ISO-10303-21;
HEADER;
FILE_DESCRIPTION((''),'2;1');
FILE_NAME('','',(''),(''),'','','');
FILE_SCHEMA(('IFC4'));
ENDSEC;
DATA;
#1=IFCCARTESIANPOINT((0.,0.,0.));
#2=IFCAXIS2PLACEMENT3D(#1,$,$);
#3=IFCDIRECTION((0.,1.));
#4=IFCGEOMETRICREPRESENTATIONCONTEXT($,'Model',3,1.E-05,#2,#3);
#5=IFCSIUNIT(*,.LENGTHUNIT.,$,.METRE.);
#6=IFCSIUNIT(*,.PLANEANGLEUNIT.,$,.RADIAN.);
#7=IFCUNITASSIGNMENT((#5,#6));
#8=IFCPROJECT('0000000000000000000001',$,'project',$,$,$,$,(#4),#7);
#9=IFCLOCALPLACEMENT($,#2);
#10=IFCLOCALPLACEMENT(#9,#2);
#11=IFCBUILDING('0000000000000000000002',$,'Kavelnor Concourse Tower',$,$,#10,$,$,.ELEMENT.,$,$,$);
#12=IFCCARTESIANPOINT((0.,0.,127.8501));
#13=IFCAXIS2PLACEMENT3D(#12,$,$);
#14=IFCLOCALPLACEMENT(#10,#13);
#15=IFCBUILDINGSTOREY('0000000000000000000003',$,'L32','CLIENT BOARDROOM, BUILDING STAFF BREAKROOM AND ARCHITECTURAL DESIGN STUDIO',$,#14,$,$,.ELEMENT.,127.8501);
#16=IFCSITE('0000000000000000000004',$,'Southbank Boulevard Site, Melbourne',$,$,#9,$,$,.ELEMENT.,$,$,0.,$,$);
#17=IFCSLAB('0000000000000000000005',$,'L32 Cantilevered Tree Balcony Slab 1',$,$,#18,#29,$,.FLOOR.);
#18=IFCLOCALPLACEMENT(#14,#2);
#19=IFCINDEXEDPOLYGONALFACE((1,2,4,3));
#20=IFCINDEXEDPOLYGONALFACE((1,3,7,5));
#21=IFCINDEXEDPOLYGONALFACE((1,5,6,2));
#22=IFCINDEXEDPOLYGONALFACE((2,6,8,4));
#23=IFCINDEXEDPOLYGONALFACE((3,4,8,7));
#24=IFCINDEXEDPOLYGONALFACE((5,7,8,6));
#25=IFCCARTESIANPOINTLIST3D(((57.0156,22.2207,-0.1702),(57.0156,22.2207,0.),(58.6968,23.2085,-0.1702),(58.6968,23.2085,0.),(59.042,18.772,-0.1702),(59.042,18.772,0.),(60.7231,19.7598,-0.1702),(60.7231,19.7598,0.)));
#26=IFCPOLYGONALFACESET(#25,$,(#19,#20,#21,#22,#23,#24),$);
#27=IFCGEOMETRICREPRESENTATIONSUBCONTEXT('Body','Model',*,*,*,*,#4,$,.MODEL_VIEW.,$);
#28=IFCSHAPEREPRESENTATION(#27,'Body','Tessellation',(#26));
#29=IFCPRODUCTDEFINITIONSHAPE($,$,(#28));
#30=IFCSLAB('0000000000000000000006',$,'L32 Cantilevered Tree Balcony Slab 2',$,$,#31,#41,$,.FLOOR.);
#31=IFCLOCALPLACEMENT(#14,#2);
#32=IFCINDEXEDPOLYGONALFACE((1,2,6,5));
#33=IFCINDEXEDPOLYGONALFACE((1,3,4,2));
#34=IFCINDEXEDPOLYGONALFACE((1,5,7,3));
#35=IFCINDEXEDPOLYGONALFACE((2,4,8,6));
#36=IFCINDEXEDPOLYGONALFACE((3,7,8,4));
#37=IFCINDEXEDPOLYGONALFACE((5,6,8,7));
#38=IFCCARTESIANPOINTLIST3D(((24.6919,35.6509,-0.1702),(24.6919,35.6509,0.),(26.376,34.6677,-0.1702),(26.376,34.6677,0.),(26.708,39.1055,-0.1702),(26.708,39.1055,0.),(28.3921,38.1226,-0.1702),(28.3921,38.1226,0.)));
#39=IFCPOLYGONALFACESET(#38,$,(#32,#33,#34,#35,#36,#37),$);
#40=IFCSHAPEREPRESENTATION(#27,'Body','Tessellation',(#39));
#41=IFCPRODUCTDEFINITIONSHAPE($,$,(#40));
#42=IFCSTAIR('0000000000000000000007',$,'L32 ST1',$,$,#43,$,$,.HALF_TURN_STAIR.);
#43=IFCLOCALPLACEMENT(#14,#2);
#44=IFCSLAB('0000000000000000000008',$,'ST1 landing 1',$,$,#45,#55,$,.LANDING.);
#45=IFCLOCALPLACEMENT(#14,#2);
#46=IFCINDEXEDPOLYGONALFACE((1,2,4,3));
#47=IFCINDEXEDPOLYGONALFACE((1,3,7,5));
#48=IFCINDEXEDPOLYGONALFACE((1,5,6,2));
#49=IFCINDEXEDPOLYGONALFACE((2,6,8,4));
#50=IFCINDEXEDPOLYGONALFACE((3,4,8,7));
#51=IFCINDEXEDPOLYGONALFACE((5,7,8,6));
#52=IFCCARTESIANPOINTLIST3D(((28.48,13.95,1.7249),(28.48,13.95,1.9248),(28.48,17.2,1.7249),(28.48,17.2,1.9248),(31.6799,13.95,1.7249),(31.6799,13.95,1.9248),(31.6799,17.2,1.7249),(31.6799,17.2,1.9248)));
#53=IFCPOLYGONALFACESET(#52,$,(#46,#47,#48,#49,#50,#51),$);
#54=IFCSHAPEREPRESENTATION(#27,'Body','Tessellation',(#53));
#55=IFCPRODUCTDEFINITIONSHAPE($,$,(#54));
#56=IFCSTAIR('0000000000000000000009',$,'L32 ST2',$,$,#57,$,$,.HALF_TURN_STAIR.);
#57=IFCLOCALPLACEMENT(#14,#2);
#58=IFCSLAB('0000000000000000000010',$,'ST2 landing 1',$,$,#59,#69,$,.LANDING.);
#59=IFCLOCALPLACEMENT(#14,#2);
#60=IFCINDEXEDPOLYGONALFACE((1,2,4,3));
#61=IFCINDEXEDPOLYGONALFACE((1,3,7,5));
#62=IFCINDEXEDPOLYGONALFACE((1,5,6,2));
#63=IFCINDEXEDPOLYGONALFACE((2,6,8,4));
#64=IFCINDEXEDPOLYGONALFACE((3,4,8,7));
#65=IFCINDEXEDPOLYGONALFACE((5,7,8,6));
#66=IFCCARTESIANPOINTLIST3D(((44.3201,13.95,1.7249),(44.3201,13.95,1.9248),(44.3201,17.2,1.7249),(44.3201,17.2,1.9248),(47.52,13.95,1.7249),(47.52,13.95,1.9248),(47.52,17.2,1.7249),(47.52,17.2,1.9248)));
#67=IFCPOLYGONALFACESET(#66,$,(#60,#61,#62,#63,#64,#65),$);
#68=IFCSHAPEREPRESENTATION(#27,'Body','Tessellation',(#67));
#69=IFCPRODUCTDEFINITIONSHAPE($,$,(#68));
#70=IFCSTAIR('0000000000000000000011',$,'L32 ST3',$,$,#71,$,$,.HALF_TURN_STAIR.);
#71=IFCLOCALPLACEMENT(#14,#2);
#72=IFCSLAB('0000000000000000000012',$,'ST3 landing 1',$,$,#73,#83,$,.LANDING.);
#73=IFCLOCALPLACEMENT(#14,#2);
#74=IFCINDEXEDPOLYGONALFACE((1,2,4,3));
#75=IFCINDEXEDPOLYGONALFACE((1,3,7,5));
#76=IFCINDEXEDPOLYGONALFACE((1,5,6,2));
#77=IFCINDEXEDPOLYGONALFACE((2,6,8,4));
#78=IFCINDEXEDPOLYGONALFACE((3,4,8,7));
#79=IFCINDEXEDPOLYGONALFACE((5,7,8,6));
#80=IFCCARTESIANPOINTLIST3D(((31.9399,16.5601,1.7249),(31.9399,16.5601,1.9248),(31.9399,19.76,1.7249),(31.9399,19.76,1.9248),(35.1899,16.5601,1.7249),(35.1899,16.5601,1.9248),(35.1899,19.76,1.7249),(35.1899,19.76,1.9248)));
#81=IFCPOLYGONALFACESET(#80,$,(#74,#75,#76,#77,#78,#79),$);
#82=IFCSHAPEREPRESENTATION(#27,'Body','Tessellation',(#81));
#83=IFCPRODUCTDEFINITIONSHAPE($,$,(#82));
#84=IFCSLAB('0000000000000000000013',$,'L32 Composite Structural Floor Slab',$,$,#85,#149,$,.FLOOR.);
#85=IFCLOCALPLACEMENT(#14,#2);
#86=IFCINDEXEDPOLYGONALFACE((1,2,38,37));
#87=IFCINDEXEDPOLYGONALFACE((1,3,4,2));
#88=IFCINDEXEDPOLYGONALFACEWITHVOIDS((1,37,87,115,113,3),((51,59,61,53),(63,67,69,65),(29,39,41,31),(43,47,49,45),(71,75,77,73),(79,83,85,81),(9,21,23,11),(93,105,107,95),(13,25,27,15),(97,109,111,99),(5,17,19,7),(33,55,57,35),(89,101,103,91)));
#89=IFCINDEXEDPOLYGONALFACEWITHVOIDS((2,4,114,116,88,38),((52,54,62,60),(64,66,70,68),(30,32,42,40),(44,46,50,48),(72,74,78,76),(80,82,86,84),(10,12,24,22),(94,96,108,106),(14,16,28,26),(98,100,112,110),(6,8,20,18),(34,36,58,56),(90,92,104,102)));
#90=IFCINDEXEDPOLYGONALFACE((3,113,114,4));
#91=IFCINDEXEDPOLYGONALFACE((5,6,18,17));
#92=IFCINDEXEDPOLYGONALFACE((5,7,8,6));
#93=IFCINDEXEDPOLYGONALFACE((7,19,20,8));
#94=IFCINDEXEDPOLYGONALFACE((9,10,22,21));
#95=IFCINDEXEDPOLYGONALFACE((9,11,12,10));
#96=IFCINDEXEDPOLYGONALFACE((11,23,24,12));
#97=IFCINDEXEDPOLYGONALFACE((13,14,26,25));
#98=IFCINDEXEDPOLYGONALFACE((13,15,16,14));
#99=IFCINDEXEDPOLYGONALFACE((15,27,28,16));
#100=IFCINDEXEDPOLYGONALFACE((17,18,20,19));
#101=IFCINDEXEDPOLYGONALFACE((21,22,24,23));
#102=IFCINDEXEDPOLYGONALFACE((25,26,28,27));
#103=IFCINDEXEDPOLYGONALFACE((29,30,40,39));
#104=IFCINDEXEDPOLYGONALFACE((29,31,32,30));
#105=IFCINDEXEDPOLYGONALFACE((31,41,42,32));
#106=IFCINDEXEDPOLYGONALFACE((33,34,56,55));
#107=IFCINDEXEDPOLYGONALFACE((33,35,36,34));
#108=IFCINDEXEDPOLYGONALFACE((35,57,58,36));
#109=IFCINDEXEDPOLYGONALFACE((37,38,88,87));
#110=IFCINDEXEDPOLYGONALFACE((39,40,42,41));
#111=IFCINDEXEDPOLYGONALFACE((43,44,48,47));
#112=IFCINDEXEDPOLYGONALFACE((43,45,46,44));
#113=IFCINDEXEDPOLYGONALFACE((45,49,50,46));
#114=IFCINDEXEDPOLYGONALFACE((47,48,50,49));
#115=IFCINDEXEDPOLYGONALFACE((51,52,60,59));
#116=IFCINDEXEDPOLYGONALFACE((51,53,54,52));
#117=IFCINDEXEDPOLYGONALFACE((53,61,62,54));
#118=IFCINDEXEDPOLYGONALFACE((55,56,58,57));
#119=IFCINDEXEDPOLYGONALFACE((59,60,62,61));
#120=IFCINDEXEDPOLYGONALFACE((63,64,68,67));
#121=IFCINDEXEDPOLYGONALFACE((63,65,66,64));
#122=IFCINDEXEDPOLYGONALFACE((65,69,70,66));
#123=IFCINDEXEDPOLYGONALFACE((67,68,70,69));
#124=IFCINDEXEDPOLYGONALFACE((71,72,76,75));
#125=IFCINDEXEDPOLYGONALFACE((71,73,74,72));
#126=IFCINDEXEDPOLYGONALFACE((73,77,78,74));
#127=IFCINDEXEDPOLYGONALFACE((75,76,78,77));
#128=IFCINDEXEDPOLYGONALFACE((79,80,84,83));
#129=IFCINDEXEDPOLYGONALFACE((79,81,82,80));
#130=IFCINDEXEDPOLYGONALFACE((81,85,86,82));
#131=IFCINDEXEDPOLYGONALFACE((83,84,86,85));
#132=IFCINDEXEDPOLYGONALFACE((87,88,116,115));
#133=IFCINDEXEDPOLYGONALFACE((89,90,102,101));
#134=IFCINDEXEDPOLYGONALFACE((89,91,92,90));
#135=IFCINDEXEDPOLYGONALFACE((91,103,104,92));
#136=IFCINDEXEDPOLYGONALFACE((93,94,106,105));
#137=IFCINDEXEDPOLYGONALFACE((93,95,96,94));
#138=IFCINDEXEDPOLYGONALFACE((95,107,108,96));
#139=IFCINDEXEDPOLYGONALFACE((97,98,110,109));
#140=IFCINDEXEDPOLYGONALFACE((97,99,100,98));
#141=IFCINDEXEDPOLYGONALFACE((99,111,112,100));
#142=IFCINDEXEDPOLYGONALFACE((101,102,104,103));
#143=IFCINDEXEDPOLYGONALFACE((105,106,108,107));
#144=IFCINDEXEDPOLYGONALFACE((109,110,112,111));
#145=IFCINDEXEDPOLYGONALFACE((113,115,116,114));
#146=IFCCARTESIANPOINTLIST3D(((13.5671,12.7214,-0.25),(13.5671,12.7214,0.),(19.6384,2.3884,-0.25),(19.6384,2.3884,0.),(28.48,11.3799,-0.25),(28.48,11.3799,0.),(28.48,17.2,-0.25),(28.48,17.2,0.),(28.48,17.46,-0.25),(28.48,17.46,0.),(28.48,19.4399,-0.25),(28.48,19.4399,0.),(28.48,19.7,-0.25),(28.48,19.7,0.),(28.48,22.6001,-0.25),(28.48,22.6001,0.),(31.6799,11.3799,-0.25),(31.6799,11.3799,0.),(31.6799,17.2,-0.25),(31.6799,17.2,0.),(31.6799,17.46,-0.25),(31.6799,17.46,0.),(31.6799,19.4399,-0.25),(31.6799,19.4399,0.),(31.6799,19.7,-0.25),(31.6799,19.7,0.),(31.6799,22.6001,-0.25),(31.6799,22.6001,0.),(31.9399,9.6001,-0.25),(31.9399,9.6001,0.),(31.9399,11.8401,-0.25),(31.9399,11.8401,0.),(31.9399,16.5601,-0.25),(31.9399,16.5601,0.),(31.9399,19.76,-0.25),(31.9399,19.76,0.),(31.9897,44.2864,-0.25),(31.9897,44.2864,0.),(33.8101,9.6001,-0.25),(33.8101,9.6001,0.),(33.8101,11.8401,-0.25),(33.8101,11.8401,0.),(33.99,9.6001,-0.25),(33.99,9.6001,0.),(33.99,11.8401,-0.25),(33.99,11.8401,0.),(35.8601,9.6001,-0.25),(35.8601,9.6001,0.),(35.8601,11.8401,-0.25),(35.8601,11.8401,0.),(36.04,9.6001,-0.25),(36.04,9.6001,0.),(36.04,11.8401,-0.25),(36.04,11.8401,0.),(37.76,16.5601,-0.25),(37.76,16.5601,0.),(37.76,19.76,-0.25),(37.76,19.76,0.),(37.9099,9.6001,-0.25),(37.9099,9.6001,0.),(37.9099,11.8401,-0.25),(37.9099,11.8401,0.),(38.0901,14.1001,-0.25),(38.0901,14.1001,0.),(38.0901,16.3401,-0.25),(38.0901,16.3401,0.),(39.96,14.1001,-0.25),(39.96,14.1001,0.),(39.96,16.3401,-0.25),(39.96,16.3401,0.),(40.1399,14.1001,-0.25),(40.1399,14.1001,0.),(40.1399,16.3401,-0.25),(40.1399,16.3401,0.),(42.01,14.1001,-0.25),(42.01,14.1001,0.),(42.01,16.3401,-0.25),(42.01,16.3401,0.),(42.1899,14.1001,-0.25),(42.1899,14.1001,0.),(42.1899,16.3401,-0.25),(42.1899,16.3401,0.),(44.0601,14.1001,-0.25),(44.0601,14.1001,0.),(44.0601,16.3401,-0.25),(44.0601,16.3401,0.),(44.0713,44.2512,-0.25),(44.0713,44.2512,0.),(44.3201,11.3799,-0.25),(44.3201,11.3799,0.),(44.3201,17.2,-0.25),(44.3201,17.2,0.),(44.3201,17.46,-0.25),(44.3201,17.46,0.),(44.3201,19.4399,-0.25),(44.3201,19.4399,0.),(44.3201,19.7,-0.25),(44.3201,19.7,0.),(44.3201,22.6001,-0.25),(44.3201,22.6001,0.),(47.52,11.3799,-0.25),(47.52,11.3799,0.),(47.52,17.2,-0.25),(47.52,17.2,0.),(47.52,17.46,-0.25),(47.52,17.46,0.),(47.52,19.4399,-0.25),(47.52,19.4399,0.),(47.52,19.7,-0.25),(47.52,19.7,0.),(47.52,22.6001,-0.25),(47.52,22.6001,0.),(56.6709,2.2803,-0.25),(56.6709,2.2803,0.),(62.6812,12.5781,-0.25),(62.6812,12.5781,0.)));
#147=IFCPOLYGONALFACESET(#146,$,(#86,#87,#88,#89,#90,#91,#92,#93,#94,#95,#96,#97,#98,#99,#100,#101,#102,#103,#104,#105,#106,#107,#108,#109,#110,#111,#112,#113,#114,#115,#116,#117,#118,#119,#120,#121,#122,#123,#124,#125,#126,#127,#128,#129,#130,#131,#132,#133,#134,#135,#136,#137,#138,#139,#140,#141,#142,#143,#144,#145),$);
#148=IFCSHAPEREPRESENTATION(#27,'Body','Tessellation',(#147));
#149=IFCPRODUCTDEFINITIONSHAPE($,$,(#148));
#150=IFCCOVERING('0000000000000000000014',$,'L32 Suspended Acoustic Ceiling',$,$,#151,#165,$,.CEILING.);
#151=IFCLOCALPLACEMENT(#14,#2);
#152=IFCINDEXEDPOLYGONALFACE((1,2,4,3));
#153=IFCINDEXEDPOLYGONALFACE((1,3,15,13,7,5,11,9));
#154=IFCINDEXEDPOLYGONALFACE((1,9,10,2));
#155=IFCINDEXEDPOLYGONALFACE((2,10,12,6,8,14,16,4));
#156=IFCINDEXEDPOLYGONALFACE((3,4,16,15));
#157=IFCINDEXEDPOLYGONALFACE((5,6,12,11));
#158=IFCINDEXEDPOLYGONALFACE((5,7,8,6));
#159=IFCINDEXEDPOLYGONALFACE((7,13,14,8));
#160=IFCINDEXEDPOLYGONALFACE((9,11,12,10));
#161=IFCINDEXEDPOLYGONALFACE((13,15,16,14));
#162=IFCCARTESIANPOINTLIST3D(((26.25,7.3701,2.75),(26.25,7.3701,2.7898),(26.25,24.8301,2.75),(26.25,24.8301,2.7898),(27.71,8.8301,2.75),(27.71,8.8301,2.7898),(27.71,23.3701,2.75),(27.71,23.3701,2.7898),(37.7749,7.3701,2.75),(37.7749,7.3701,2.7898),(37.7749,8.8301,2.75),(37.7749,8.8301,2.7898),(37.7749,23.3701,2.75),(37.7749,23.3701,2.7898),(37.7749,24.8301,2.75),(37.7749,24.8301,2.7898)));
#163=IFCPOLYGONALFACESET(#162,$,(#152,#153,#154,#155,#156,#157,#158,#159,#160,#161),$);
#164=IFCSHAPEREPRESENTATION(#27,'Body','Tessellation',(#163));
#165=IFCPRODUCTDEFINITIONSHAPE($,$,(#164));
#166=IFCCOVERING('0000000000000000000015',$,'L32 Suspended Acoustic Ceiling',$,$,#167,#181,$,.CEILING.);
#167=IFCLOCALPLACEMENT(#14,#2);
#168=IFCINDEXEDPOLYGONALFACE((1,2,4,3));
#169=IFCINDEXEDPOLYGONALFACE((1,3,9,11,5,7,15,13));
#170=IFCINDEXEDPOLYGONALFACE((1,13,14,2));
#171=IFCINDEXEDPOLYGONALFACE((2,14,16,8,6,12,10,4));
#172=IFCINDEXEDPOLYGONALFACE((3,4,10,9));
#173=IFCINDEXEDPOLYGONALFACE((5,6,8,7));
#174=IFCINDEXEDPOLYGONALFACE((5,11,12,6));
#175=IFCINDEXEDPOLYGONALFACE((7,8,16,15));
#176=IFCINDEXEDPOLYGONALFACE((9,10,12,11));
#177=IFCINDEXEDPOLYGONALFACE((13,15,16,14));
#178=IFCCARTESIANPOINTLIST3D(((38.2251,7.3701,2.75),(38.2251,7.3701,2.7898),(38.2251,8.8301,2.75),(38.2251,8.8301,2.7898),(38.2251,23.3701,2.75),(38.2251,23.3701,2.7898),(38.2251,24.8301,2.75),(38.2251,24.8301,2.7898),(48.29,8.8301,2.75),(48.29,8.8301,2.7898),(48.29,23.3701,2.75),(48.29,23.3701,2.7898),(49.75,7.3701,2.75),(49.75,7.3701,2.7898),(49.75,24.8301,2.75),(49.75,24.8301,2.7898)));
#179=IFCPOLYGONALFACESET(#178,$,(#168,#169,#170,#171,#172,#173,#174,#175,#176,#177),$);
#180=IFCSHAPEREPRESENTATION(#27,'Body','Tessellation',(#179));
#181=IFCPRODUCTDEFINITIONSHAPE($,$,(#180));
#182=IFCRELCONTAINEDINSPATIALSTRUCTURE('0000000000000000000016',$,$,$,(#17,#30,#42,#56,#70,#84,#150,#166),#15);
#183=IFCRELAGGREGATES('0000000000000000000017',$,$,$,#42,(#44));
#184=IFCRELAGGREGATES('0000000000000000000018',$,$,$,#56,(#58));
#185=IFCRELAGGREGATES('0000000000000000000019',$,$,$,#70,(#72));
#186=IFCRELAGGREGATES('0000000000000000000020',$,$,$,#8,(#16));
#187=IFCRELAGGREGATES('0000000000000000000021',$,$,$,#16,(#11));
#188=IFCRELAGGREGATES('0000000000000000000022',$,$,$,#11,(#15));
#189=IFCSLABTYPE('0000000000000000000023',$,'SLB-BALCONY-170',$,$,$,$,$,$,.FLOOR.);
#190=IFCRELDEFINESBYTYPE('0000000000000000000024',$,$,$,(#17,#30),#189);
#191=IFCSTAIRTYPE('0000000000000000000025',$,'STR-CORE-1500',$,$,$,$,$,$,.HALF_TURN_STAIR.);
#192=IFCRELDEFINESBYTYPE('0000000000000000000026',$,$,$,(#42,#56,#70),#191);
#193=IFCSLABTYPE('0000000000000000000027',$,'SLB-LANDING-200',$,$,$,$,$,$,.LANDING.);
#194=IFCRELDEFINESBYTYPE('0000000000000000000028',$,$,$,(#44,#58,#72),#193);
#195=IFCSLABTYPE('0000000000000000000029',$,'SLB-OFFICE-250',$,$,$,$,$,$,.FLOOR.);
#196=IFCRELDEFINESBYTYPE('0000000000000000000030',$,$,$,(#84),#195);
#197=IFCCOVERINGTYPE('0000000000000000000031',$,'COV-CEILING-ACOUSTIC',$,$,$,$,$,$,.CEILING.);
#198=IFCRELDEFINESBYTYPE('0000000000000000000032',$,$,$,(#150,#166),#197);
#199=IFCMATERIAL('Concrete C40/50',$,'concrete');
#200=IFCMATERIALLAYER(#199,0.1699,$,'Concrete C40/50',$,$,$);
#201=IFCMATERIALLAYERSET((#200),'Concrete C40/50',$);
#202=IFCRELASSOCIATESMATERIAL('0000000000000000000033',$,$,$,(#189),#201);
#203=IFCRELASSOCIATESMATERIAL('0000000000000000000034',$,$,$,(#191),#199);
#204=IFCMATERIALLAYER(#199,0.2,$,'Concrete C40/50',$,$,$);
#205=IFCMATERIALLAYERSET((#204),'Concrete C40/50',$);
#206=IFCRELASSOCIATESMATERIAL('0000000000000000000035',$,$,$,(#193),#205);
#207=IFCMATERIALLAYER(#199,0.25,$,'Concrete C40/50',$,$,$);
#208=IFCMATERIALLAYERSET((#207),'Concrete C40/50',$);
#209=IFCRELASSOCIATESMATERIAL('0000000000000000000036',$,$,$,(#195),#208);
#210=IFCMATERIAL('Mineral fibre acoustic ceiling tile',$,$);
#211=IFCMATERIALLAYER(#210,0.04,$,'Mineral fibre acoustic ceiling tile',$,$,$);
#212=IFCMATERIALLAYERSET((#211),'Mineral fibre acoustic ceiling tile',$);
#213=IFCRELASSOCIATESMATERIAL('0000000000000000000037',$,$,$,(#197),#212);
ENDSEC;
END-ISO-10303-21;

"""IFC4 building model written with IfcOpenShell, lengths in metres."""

from ifc_helpers import new_model, si_unit, direction, frame, origin, place, context, subcontext, project, spatial, polyline, outline, extrude, material, layer, layer_set, type_object, element, aggregate, save


model = new_model("IFC4")

# Units and contexts
model_context = context("Model", 3, precision=1e-05, world=origin(), true_north=direction((0.0, 1.0)))
body_context = subcontext(model_context, "Body", "Model", "MODEL_VIEW")
ifc_project = project(units=[si_unit("LENGTHUNIT", "METRE"), si_unit("PLANEANGLEUNIT", "RADIAN")], contexts=[model_context])

# Site, building, storey
site_placement = place(None, origin())
site = spatial("IfcSite", under=ifc_project, at=site_placement, Name="Southbank Boulevard Site, Melbourne", CompositionType="ELEMENT", RefElevation=0.0)
building_placement = place(site_placement, origin())
building = spatial("IfcBuilding", under=site, at=building_placement, Name="Kavelnor Concourse Tower", CompositionType="ELEMENT")
storey_placement = place(building_placement, frame((0.0, 0.0, 127.8501)))
storey = spatial("IfcBuildingStorey", under=building, at=storey_placement, Name="L32", Description="CLIENT BOARDROOM, BUILDING STAFF BREAKROOM AND ARCHITECTURAL DESIGN STUDIO", CompositionType="ELEMENT", Elevation=127.8501)

# Slabs
ifc_material_1 = material(Name="Concrete C40/50", Category="concrete")
ifc_layer_1 = layer(ifc_material_1, 0.1699, Name="Concrete C40/50")
ifc_layer_set_1 = layer_set([ifc_layer_1], Name="Concrete C40/50")
slab_type_1 = type_object("IfcSlabType", Name="SLB-BALCONY-170", PredefinedType="FLOOR", material=ifc_layer_set_1)
slab_1_placement = place(storey_placement, frame((0.0, 0.0, -0.1702)))
element("IfcSlab", 1, at=slab_1_placement, inside=storey, type_object=slab_type_1, Name="L32 Cantilevered Tree Balcony Slab 1", PredefinedType="FLOOR", context=body_context, shape_type="SweptSolid", body=[
    extrude(outline(polyline([(58.6968, 23.2085), (60.7231, 19.7598), (59.042, 18.772), (57.0156, 22.2207), (58.6968, 23.2085)])), origin(), (0.0, 0.0, 1.0), 0.1702),
])
slab_2_placement = place(storey_placement, frame((0.0, 0.0, -0.1702)))
element("IfcSlab", 2, at=slab_2_placement, inside=storey, type_object=slab_type_1, Name="L32 Cantilevered Tree Balcony Slab 2", PredefinedType="FLOOR", context=body_context, shape_type="SweptSolid", body=[
    extrude(outline(polyline([(24.6919, 35.6509), (26.708, 39.1055), (28.3921, 38.1226), (26.376, 34.6677), (24.6919, 35.6509)])), origin(), (0.0, 0.0, 1.0), 0.1702),
])

# Stairs, slabs
stair_type = type_object("IfcStairType", Name="STR-CORE-1500", PredefinedType="HALF_TURN_STAIR", material=ifc_material_1)
stair_1_placement = place(storey_placement, origin())
stair_1 = element("IfcStair", 3, at=stair_1_placement, inside=storey, type_object=stair_type, Name="L32 ST1", PredefinedType="HALF_TURN_STAIR")
ifc_layer_2 = layer(ifc_material_1, 0.2, Name="Concrete C40/50")
ifc_layer_set_2 = layer_set([ifc_layer_2], Name="Concrete C40/50")
slab_type_2 = type_object("IfcSlabType", Name="SLB-LANDING-200", PredefinedType="LANDING", material=ifc_layer_set_2)
slab_3_placement = place(storey_placement, frame((0.0, 0.0, 1.7249)))
slab_3 = element("IfcSlab", 4, at=slab_3_placement, type_object=slab_type_2, Name="ST1 landing 1", PredefinedType="LANDING", context=body_context, shape_type="SweptSolid", body=[
    extrude(outline(polyline([(31.6799, 13.95), (31.6799, 17.2), (28.48, 17.2), (28.48, 13.95), (31.6799, 13.95)])), origin(), (0.0, 0.0, 1.0), 0.2),
])
aggregate(stair_1, [slab_3])
stair_2_placement = place(storey_placement, origin())
stair_2 = element("IfcStair", 5, at=stair_2_placement, inside=storey, type_object=stair_type, Name="L32 ST2", PredefinedType="HALF_TURN_STAIR")
slab_4_placement = place(storey_placement, frame((0.0, 0.0, 1.7249)))
slab_4 = element("IfcSlab", 6, at=slab_4_placement, type_object=slab_type_2, Name="ST2 landing 1", PredefinedType="LANDING", context=body_context, shape_type="SweptSolid", body=[
    extrude(outline(polyline([(47.52, 13.95), (47.52, 17.2), (44.3201, 17.2), (44.3201, 13.95), (47.52, 13.95)])), origin(), (0.0, 0.0, 1.0), 0.2),
])
aggregate(stair_2, [slab_4])
stair_3_placement = place(storey_placement, origin())
stair_3 = element("IfcStair", 7, at=stair_3_placement, inside=storey, type_object=stair_type, Name="L32 ST3", PredefinedType="HALF_TURN_STAIR")
slab_5_placement = place(storey_placement, frame((0.0, 0.0, 1.7249)))
slab_5 = element("IfcSlab", 8, at=slab_5_placement, type_object=slab_type_2, Name="ST3 landing 1", PredefinedType="LANDING", context=body_context, shape_type="SweptSolid", body=[
    extrude(outline(polyline([(35.1899, 19.76), (31.9399, 19.76), (31.9399, 16.5601), (35.1899, 16.5601), (35.1899, 19.76)])), origin(), (0.0, 0.0, 1.0), 0.2),
])
aggregate(stair_3, [slab_5])

# Slab
ifc_layer_3 = layer(ifc_material_1, 0.25, Name="Concrete C40/50")
ifc_layer_set_3 = layer_set([ifc_layer_3], Name="Concrete C40/50")
slab_type_3 = type_object("IfcSlabType", Name="SLB-OFFICE-250", PredefinedType="FLOOR", material=ifc_layer_set_3)
slab_6_placement = place(storey_placement, frame((0.0, 0.0, -0.25)))
element("IfcSlab", 9, at=slab_6_placement, inside=storey, type_object=slab_type_3, Name="L32 Composite Structural Floor Slab", PredefinedType="FLOOR", context=body_context, shape_type="SweptSolid", body=[
    extrude(outline(polyline([(44.0713, 44.2512), (31.9897, 44.2864), (13.5671, 12.7214), (19.6384, 2.3884), (56.6709, 2.2803), (62.6812, 12.5781), (44.0713, 44.2512)]), holes=[polyline([(28.48, 11.3799), (31.6799, 11.3799), (31.6799, 17.2), (28.48, 17.2), (28.48, 11.3799)]), polyline([(44.3201, 11.3799), (47.52, 11.3799), (47.52, 17.2), (44.3201, 17.2), (44.3201, 11.3799)]), polyline([(31.9399, 16.5601), (37.76, 16.5601), (37.76, 19.76), (31.9399, 19.76), (31.9399, 16.5601)]), polyline([(28.48, 19.7), (31.6799, 19.7), (31.6799, 22.6001), (28.48, 22.6001), (28.48, 19.7)]), polyline([(44.3201, 19.7), (47.52, 19.7), (47.52, 22.6001), (44.3201, 22.6001), (44.3201, 19.7)]), polyline([(38.0901, 14.1001), (39.96, 14.1001), (39.96, 16.3401), (38.0901, 16.3401), (38.0901, 14.1001)]), polyline([(40.1399, 14.1001), (42.01, 14.1001), (42.01, 16.3401), (40.1399, 16.3401), (40.1399, 14.1001)]), polyline([(42.1899, 14.1001), (44.0601, 14.1001), (44.0601, 16.3401), (42.1899, 16.3401), (42.1899, 14.1001)]), polyline([(31.9399, 9.6001), (33.8101, 9.6001), (33.8101, 11.8401), (31.9399, 11.8401), (31.9399, 9.6001)]), polyline([(33.99, 9.6001), (35.8601, 9.6001), (35.8601, 11.8401), (33.99, 11.8401), (33.99, 9.6001)]), polyline([(36.04, 9.6001), (37.9099, 9.6001), (37.9099, 11.8401), (36.04, 11.8401), (36.04, 9.6001)]), polyline([(28.48, 17.46), (31.6799, 17.46), (31.6799, 19.4399), (28.48, 19.4399), (28.48, 17.46)]), polyline([(44.3201, 17.46), (47.52, 17.46), (47.52, 19.4399), (44.3201, 19.4399), (44.3201, 17.46)])]), origin(), (0.0, 0.0, 1.0), 0.25),
])

# Coverings
ifc_material_2 = material(Name="Mineral fibre acoustic ceiling tile")
ifc_layer_4 = layer(ifc_material_2, 0.04, Name="Mineral fibre acoustic ceiling tile")
ifc_layer_set_4 = layer_set([ifc_layer_4], Name="Mineral fibre acoustic ceiling tile")
covering_type_1 = type_object("IfcCoveringType", Name="COV-CEILING-ACOUSTIC", PredefinedType="CEILING", material=ifc_layer_set_4)
covering_1_placement = place(storey_placement, frame((0.0, 0.0, 2.75)))
element("IfcCovering", 10, at=covering_1_placement, inside=storey, type_object=covering_type_1, Name="L32 Suspended Acoustic Ceiling", PredefinedType="CEILING", context=body_context, shape_type="SweptSolid", body=[
    extrude(outline(polyline([(26.25, 7.3701), (26.25, 24.8301), (37.7749, 24.8301), (37.7749, 23.3701), (27.71, 23.3701), (27.71, 8.8301), (37.7749, 8.8301), (37.7749, 7.3701), (26.25, 7.3701)])), origin(), (0.0, 0.0, 1.0), 0.0398),
])
covering_2_placement = place(storey_placement, frame((0.0, 0.0, 2.75)))
element("IfcCovering", 11, at=covering_2_placement, inside=storey, type_object=covering_type_1, Name="L32 Suspended Acoustic Ceiling", PredefinedType="CEILING", context=body_context, shape_type="SweptSolid", body=[
    extrude(outline(polyline([(49.75, 7.3701), (38.2251, 7.3701), (38.2251, 8.8301), (48.29, 8.8301), (48.29, 23.3701), (38.2251, 23.3701), (38.2251, 24.8301), (49.75, 24.8301), (49.75, 7.3701)])), origin(), (0.0, 0.0, 1.0), 0.0398),
])

save(model, "model.ifc")
